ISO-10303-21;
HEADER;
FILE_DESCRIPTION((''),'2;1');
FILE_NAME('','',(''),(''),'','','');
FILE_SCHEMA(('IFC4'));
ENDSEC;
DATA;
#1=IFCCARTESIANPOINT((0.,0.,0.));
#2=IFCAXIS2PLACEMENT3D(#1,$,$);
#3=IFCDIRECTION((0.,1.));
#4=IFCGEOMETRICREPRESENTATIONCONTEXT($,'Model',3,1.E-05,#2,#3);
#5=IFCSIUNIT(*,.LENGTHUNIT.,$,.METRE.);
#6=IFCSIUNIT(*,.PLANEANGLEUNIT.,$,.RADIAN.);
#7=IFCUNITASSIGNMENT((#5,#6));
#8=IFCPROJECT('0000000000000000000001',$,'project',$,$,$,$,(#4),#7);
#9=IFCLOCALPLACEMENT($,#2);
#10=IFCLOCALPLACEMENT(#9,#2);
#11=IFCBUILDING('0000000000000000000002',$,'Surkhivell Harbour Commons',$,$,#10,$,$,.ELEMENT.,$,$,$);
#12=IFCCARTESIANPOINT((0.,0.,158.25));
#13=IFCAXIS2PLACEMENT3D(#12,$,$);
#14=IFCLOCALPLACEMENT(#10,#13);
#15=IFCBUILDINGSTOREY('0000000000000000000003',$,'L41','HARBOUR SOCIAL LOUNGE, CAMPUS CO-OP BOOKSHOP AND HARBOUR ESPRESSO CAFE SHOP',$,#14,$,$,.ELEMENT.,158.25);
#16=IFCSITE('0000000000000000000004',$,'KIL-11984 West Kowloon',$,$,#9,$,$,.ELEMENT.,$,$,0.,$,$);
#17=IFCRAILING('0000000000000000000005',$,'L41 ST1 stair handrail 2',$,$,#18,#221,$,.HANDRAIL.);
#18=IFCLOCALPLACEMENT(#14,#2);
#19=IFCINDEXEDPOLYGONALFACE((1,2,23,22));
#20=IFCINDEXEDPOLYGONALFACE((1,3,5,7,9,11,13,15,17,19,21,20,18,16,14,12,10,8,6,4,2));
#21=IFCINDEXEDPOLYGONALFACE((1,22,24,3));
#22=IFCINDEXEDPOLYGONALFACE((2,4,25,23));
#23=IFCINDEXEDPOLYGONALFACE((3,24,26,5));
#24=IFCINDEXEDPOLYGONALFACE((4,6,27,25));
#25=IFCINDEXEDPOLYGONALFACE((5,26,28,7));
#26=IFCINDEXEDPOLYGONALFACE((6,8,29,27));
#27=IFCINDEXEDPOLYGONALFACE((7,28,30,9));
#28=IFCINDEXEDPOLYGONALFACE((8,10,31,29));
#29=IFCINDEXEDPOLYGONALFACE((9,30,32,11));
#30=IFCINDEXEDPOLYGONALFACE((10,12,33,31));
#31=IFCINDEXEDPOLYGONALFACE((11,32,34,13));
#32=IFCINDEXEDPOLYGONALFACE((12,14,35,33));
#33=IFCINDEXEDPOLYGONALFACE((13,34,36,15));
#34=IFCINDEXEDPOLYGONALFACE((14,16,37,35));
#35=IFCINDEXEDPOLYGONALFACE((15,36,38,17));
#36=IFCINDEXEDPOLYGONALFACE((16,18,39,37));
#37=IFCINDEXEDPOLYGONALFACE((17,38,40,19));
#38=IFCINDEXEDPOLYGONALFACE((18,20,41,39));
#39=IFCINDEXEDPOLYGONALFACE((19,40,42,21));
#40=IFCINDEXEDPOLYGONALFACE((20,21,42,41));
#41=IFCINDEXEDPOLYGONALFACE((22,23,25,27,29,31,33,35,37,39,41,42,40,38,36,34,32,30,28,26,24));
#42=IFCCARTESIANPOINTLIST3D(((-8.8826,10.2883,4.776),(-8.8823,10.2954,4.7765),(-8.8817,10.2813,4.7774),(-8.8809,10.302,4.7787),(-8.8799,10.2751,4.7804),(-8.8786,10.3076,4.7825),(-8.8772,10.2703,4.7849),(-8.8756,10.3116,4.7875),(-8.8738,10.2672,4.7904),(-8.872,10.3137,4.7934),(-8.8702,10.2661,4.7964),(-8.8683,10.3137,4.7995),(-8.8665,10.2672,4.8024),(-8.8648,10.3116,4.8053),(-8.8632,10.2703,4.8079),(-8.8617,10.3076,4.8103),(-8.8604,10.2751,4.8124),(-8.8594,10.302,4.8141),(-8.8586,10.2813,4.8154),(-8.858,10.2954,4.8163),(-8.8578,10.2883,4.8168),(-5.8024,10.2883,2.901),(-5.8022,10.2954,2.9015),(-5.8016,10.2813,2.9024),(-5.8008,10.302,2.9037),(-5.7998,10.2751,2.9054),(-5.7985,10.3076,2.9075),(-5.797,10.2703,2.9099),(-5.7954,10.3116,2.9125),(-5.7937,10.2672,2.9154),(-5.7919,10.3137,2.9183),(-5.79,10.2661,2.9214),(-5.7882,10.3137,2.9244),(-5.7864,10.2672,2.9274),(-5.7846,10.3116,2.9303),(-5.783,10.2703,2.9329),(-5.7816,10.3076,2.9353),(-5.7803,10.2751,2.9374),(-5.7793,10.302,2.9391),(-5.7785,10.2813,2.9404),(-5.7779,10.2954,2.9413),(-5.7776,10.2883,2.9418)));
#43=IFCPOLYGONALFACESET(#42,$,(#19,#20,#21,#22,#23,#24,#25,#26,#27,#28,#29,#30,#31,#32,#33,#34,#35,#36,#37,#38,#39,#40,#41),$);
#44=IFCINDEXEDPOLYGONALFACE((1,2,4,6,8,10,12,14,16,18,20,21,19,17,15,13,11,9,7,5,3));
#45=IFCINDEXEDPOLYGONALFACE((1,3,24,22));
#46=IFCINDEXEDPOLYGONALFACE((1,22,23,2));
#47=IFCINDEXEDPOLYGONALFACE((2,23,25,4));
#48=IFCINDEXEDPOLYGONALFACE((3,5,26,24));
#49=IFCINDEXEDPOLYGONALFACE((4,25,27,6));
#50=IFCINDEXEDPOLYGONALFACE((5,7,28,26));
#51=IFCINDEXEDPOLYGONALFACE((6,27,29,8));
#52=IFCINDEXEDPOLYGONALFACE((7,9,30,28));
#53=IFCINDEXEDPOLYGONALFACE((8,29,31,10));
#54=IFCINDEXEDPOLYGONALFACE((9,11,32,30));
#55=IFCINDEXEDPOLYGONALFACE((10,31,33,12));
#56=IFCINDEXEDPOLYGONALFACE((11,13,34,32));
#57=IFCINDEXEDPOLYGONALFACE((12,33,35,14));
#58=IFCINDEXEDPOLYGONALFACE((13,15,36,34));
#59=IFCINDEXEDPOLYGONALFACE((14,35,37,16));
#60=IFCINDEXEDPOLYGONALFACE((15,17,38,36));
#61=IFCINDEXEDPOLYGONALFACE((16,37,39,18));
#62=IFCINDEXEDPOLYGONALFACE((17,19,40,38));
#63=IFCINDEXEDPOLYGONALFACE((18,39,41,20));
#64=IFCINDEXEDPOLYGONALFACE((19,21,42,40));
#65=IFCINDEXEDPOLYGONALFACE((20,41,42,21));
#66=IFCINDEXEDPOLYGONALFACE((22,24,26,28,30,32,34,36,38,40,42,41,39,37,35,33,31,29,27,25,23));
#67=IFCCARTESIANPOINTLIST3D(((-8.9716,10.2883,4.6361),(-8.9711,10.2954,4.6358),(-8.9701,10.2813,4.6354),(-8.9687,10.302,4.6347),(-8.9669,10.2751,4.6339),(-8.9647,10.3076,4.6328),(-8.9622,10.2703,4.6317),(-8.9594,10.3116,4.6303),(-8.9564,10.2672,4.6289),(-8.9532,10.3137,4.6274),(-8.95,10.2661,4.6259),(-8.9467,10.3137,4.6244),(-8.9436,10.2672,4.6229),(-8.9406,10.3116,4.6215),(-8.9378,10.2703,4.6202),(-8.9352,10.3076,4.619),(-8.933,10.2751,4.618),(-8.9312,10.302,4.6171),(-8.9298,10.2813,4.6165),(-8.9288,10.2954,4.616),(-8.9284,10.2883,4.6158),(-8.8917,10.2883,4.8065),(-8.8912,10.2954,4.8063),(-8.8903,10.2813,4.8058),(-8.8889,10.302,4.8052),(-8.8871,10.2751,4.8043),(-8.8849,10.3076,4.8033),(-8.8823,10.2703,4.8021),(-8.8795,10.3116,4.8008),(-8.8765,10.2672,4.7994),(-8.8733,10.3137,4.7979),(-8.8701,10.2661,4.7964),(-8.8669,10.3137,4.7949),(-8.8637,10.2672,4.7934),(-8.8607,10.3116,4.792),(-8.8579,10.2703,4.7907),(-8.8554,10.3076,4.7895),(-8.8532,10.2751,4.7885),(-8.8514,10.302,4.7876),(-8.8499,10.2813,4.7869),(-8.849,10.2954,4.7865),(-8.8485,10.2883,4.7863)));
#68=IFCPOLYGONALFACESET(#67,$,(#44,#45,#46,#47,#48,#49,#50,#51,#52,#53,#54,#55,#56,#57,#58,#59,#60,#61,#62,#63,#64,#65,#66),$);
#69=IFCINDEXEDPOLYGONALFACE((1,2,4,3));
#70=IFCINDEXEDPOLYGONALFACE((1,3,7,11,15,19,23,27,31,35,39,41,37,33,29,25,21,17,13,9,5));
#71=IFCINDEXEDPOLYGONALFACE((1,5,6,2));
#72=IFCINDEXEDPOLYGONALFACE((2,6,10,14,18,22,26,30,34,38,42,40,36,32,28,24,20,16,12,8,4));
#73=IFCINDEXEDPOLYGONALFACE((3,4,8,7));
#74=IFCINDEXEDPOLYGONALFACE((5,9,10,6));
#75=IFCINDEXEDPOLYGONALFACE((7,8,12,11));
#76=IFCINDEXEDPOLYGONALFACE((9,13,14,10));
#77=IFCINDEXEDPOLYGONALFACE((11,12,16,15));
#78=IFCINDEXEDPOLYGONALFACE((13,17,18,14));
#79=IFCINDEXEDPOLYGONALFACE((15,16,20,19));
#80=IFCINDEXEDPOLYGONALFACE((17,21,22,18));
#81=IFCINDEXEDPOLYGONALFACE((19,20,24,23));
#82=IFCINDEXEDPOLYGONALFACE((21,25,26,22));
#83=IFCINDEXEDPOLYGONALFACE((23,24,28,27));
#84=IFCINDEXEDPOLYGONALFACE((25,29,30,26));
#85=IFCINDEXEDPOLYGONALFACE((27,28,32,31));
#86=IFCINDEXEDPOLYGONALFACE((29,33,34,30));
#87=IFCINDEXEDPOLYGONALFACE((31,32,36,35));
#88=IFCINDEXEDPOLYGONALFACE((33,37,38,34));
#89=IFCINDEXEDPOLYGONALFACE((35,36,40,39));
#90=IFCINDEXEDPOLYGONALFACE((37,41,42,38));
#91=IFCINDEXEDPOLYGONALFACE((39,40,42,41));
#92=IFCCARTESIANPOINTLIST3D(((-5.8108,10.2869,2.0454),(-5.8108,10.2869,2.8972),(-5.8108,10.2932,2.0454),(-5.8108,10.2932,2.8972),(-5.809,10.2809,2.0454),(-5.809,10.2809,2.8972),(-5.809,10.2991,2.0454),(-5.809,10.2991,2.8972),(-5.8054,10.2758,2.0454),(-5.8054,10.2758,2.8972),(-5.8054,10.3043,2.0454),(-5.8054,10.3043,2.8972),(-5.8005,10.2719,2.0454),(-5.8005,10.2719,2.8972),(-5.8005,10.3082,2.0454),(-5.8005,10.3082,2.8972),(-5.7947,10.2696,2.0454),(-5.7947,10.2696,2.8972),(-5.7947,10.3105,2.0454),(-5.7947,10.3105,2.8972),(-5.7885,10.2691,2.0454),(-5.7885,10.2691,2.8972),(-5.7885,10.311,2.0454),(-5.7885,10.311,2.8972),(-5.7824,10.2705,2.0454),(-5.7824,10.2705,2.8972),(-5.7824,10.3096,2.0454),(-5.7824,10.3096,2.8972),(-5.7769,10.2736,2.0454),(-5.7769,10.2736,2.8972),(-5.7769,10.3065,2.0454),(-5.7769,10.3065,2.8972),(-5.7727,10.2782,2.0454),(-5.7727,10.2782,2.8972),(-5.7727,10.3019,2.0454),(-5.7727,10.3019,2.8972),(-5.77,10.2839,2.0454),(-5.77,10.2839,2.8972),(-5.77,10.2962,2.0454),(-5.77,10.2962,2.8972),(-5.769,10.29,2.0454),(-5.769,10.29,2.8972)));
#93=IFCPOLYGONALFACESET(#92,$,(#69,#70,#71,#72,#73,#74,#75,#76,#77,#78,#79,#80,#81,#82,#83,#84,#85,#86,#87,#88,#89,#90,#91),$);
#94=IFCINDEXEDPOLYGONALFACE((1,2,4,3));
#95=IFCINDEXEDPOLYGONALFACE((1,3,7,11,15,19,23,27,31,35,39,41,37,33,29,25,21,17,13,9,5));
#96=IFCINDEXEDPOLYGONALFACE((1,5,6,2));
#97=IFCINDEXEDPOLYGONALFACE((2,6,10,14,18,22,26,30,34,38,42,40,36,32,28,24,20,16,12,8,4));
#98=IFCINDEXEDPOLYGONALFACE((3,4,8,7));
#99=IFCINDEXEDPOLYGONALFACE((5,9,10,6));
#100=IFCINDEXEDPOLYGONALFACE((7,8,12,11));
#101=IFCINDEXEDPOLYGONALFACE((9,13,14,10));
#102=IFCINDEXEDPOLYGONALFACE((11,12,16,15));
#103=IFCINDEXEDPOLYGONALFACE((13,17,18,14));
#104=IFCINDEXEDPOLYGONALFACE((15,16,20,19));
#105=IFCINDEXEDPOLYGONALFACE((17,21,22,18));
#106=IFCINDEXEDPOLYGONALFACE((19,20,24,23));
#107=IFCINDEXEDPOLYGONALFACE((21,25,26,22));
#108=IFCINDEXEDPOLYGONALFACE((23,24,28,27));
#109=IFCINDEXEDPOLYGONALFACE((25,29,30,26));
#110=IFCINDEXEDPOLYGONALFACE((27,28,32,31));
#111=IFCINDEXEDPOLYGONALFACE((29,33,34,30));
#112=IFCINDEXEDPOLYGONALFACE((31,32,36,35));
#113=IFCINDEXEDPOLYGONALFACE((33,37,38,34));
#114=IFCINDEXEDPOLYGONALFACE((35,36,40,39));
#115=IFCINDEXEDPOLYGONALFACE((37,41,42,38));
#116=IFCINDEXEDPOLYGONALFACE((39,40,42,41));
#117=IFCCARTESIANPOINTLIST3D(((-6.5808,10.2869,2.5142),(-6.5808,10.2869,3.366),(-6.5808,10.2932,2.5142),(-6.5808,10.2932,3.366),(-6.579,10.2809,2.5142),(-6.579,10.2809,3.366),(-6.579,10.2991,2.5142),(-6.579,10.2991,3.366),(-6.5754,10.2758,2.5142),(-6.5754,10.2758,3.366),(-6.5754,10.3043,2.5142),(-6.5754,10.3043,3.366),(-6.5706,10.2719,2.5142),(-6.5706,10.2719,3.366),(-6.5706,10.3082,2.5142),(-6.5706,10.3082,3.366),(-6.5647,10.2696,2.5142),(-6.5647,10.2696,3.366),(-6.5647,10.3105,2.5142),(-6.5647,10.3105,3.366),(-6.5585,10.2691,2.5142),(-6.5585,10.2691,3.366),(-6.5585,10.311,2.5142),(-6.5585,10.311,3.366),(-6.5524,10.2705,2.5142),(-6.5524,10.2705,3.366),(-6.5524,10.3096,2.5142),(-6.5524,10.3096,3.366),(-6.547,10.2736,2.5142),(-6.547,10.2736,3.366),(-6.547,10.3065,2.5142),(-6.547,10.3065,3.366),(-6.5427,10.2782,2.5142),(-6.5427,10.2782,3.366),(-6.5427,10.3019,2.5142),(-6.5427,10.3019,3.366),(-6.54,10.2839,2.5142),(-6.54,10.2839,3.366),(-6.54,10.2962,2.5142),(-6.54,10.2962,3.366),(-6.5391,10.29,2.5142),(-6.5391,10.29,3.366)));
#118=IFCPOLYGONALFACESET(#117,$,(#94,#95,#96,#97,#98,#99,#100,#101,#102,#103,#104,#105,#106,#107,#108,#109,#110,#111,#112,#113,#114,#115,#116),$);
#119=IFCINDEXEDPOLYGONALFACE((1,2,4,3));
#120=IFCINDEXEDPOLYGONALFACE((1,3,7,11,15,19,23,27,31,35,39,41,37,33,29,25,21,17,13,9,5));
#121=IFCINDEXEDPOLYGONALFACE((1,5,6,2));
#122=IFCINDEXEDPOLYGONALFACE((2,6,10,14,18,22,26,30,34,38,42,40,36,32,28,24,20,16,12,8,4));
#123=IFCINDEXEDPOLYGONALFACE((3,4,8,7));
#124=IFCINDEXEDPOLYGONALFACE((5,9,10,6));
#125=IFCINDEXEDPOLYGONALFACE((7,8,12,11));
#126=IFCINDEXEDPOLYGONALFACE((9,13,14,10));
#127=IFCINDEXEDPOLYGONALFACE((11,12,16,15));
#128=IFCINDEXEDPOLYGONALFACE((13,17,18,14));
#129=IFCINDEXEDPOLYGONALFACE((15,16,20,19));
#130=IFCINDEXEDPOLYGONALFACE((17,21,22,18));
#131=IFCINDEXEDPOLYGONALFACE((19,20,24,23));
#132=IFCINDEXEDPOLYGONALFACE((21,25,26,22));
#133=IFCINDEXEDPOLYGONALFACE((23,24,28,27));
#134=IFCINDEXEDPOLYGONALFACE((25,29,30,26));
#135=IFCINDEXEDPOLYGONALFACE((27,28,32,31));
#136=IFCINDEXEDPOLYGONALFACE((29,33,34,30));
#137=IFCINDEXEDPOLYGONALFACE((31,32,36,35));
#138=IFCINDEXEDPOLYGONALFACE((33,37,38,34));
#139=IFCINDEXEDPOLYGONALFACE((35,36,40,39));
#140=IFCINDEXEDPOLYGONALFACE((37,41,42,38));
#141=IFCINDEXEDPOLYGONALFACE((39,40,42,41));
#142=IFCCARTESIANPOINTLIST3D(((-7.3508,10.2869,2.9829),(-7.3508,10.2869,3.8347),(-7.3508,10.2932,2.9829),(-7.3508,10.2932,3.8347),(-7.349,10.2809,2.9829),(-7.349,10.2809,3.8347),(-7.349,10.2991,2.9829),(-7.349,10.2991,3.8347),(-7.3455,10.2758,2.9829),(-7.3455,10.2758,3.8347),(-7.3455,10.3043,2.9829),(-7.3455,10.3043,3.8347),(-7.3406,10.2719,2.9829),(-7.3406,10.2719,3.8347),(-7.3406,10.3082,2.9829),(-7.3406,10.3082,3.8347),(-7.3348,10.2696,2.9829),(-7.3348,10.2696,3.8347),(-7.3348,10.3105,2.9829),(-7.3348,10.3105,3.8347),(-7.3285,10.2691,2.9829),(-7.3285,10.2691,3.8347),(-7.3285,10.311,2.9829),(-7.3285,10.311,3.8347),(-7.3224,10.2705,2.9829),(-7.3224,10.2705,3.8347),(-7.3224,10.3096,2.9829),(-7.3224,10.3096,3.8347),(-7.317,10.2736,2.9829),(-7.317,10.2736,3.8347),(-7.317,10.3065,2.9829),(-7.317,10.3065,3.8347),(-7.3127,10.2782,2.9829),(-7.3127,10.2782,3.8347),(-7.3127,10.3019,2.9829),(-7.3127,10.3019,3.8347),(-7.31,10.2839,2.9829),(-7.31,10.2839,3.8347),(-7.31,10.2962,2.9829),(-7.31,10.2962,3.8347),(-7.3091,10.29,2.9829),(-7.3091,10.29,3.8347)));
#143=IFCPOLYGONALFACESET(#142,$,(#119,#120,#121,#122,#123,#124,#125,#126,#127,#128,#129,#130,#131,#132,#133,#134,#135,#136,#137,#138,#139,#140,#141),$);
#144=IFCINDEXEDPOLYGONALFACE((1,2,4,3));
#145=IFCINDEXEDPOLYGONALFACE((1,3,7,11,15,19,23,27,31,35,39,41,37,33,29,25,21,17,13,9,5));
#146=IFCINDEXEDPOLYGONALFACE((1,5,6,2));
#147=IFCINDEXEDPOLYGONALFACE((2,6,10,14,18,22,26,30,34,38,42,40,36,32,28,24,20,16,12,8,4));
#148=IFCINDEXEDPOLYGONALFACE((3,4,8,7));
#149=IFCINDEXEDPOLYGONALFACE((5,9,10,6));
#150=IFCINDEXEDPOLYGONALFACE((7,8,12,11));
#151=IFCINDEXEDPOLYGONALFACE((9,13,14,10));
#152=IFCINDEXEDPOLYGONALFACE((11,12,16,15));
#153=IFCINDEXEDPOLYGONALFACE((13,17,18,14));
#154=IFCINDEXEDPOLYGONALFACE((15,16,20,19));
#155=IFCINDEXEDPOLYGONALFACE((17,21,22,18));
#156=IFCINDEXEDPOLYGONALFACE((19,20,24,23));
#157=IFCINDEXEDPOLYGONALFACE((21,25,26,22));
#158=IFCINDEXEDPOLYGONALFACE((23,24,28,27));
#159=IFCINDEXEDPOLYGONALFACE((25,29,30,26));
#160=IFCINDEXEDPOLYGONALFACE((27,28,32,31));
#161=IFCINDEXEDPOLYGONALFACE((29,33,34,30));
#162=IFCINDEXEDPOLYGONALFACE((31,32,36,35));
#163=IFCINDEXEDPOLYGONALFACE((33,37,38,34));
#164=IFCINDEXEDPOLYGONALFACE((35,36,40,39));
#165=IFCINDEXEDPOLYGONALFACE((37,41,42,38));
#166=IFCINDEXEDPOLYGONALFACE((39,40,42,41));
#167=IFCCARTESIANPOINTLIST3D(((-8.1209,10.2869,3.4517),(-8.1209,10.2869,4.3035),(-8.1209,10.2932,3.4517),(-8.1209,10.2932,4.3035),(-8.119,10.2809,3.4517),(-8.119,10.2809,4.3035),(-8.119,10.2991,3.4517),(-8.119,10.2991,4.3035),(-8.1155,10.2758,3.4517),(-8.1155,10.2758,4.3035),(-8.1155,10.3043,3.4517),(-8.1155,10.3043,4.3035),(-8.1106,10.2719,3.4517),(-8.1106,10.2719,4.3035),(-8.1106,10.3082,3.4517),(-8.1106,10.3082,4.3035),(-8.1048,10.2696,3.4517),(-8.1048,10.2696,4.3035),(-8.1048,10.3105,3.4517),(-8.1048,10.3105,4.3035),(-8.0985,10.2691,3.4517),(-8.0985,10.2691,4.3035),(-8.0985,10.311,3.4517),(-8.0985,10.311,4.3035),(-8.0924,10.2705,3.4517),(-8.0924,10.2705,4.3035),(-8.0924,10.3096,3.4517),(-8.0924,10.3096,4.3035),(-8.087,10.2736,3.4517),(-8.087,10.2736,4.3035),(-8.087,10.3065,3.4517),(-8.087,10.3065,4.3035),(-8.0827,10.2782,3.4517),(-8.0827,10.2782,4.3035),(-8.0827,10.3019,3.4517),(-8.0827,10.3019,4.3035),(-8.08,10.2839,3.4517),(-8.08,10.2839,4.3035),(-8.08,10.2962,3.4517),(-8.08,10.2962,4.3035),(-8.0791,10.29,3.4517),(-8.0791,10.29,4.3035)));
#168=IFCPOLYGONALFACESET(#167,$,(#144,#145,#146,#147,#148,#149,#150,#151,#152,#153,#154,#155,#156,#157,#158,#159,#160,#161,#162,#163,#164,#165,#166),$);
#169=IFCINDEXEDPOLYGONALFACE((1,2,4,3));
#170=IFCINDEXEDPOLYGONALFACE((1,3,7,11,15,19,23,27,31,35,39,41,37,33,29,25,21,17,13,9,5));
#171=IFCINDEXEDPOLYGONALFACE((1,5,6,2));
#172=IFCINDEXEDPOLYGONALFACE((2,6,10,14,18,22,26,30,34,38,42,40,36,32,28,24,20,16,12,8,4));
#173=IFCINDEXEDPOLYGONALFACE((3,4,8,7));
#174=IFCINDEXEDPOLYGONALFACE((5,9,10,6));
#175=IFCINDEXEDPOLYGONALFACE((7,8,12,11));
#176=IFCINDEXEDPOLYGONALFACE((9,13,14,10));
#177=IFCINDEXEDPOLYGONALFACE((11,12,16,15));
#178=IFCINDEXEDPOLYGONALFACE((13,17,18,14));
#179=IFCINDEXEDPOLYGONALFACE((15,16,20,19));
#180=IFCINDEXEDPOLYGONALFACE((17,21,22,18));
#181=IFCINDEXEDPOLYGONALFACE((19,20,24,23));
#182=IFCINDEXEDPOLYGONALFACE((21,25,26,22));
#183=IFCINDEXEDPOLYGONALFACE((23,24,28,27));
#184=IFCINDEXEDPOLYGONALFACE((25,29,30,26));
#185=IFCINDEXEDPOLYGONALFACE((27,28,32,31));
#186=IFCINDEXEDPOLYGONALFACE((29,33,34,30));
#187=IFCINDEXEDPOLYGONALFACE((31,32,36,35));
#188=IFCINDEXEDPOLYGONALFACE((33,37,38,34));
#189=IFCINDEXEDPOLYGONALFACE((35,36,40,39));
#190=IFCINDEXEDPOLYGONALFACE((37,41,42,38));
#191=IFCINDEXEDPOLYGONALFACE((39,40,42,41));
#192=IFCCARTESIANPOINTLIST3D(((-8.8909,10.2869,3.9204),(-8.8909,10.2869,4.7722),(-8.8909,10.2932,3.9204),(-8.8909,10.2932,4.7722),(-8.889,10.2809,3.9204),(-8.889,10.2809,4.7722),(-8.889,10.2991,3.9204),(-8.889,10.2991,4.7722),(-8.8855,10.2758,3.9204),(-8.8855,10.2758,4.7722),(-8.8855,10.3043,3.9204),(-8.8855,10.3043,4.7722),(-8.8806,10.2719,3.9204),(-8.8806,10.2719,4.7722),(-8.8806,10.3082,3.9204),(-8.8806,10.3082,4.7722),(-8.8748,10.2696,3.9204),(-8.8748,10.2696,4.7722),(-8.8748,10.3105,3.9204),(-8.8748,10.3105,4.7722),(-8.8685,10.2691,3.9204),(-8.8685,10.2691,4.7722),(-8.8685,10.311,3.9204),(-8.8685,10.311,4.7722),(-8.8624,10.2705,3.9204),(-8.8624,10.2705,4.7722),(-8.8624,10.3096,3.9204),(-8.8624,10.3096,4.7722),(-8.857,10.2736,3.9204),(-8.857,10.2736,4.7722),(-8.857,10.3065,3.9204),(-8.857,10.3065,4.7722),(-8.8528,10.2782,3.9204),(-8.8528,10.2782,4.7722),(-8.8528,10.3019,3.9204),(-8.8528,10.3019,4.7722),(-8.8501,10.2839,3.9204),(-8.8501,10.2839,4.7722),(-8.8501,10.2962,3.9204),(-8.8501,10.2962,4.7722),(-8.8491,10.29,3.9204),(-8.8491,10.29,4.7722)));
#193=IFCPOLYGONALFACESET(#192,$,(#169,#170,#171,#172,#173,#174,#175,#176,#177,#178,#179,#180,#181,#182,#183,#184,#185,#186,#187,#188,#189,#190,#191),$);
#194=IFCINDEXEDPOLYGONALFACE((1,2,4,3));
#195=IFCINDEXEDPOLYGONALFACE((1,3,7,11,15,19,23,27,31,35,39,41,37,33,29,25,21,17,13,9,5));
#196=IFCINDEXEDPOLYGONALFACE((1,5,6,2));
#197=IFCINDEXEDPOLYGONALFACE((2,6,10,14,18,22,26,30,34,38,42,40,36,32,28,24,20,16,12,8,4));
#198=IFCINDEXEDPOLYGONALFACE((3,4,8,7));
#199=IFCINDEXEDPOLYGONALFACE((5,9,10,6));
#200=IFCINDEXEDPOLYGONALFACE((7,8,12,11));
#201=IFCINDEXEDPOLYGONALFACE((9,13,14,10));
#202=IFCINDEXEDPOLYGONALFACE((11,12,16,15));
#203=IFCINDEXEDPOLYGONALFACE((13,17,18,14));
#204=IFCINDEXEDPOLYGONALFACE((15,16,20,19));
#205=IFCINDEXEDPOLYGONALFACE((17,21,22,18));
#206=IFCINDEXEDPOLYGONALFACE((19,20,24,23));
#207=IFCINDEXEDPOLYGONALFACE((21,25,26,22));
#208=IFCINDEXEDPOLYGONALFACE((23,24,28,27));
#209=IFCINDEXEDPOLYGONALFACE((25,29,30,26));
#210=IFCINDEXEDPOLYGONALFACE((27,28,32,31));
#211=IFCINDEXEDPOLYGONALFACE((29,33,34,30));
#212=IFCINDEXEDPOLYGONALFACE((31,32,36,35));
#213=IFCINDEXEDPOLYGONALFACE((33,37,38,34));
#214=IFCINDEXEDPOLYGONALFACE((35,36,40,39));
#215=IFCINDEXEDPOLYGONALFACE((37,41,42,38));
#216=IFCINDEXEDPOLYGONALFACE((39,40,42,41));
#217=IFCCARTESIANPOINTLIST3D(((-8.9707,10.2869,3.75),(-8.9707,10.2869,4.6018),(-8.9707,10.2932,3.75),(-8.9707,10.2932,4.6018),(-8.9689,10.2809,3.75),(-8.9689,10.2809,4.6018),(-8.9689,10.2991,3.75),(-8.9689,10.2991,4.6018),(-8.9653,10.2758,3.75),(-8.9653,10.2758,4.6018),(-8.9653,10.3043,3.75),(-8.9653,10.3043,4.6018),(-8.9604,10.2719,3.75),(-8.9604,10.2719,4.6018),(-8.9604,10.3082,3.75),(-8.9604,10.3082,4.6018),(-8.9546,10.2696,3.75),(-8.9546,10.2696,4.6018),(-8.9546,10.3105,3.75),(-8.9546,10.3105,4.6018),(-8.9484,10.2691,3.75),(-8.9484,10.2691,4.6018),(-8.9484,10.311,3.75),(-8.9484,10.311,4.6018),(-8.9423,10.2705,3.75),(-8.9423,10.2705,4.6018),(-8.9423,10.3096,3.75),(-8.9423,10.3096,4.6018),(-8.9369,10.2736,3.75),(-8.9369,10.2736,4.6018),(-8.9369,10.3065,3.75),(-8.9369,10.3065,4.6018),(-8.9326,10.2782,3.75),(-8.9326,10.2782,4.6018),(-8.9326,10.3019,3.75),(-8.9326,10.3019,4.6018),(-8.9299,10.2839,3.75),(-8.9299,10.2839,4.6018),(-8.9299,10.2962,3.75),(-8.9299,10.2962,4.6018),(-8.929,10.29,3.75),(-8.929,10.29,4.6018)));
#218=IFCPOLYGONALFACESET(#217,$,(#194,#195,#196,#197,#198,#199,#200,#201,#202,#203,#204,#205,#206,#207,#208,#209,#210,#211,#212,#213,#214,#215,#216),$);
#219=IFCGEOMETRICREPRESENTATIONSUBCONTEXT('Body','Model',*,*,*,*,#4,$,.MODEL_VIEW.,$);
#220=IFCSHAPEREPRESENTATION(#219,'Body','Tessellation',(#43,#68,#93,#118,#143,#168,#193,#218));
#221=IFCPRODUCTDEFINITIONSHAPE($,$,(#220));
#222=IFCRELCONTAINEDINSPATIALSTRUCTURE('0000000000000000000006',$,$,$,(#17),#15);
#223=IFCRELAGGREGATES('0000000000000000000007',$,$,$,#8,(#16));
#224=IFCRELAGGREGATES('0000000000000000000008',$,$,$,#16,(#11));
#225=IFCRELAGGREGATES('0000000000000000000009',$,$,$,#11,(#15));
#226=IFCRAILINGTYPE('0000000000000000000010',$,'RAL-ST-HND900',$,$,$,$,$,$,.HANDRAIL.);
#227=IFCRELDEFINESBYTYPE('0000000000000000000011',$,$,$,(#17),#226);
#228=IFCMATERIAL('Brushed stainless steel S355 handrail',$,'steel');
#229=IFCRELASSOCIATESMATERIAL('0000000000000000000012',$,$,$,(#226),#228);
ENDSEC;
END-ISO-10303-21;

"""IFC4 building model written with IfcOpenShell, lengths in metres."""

from ifc_helpers import new_model, si_unit, direction, frame, origin, origin_2d, place, context, subcontext, project, spatial, circle, extrude, material, type_object, element, save


model = new_model("IFC4")

# Units and contexts
model_context = context("Model", 3, precision=1e-05, world=origin(), true_north=direction((0.0, 1.0)))
body_context = subcontext(model_context, "Body", "Model", "MODEL_VIEW")
ifc_project = project(units=[si_unit("LENGTHUNIT", "METRE"), si_unit("PLANEANGLEUNIT", "RADIAN")], contexts=[model_context])

# Site, building, storey
site_placement = place(None, origin())
site = spatial("IfcSite", under=ifc_project, at=site_placement, Name="KIL-11984 West Kowloon", CompositionType="ELEMENT", RefElevation=0.0)
building_placement = place(site_placement, origin())
building = spatial("IfcBuilding", under=site, at=building_placement, Name="Surkhivell Harbour Commons", CompositionType="ELEMENT")
storey_placement = place(building_placement, frame((0.0, 0.0, 158.25)))
storey = spatial("IfcBuildingStorey", under=building, at=storey_placement, Name="L41", Description="HARBOUR SOCIAL LOUNGE, CAMPUS CO-OP BOOKSHOP AND HARBOUR ESPRESSO CAFE SHOP", CompositionType="ELEMENT", Elevation=158.25)

# Railing
ifc_material_1 = material(Name="Brushed stainless steel S355 handrail", Category="steel")
railing_type_1 = type_object("IfcRailingType", Name="RAL-ST-HND900", PredefinedType="HANDRAIL", material=ifc_material_1)
railing_1_placement = place(storey_placement, frame((-5.79, 10.29, 2.0454)))
element("IfcRailing", 1, at=railing_1_placement, inside=storey, type_object=railing_type_1, Name="L41 ST1 stair handrail 2", PredefinedType="HANDRAIL", context=body_context, shape_type="SweptSolid", body=[
    extrude(circle(Radius=0.0239, at=origin_2d()), frame((0.0, 0.0, 0.876), z_axis=(-0.854178, 0.0, 0.519981), x_axis=(0.0, -1.0, 0.0)), (0.0, 0.0, 1.0), 3.606),
    extrude(circle(Radius=0.0239, at=origin_2d()), frame((-3.0801, 0.0, 2.751), z_axis=(-0.424234, 0.0, -0.905552), x_axis=(0.0, -1.0, 0.0)), (0.0, 0.0, 1.0), 0.1882),
    extrude(circle(Radius=0.021, at=origin_2d()), origin(), (0.0, 0.0, 1.0), 0.8518),
    extrude(circle(Radius=0.021, at=origin_2d()), frame((-0.77, 0.0, 0.4688)), (0.0, 0.0, 1.0), 0.8518),
    extrude(circle(Radius=0.021, at=origin_2d()), frame((-1.54, 0.0, 0.9375)), (0.0, 0.0, 1.0), 0.8518),
    extrude(circle(Radius=0.021, at=origin_2d()), frame((-2.3101, 0.0, 1.4062)), (0.0, 0.0, 1.0), 0.8518),
    extrude(circle(Radius=0.021, at=origin_2d()), frame((-3.0801, 0.0, 1.875)), (0.0, 0.0, 1.0), 0.8518),
    extrude(circle(Radius=0.021, at=origin_2d()), frame((-3.1599, 0.0, 1.7046)), (0.0, 0.0, 1.0), 0.8518),
])

save(model, "model.ifc")
